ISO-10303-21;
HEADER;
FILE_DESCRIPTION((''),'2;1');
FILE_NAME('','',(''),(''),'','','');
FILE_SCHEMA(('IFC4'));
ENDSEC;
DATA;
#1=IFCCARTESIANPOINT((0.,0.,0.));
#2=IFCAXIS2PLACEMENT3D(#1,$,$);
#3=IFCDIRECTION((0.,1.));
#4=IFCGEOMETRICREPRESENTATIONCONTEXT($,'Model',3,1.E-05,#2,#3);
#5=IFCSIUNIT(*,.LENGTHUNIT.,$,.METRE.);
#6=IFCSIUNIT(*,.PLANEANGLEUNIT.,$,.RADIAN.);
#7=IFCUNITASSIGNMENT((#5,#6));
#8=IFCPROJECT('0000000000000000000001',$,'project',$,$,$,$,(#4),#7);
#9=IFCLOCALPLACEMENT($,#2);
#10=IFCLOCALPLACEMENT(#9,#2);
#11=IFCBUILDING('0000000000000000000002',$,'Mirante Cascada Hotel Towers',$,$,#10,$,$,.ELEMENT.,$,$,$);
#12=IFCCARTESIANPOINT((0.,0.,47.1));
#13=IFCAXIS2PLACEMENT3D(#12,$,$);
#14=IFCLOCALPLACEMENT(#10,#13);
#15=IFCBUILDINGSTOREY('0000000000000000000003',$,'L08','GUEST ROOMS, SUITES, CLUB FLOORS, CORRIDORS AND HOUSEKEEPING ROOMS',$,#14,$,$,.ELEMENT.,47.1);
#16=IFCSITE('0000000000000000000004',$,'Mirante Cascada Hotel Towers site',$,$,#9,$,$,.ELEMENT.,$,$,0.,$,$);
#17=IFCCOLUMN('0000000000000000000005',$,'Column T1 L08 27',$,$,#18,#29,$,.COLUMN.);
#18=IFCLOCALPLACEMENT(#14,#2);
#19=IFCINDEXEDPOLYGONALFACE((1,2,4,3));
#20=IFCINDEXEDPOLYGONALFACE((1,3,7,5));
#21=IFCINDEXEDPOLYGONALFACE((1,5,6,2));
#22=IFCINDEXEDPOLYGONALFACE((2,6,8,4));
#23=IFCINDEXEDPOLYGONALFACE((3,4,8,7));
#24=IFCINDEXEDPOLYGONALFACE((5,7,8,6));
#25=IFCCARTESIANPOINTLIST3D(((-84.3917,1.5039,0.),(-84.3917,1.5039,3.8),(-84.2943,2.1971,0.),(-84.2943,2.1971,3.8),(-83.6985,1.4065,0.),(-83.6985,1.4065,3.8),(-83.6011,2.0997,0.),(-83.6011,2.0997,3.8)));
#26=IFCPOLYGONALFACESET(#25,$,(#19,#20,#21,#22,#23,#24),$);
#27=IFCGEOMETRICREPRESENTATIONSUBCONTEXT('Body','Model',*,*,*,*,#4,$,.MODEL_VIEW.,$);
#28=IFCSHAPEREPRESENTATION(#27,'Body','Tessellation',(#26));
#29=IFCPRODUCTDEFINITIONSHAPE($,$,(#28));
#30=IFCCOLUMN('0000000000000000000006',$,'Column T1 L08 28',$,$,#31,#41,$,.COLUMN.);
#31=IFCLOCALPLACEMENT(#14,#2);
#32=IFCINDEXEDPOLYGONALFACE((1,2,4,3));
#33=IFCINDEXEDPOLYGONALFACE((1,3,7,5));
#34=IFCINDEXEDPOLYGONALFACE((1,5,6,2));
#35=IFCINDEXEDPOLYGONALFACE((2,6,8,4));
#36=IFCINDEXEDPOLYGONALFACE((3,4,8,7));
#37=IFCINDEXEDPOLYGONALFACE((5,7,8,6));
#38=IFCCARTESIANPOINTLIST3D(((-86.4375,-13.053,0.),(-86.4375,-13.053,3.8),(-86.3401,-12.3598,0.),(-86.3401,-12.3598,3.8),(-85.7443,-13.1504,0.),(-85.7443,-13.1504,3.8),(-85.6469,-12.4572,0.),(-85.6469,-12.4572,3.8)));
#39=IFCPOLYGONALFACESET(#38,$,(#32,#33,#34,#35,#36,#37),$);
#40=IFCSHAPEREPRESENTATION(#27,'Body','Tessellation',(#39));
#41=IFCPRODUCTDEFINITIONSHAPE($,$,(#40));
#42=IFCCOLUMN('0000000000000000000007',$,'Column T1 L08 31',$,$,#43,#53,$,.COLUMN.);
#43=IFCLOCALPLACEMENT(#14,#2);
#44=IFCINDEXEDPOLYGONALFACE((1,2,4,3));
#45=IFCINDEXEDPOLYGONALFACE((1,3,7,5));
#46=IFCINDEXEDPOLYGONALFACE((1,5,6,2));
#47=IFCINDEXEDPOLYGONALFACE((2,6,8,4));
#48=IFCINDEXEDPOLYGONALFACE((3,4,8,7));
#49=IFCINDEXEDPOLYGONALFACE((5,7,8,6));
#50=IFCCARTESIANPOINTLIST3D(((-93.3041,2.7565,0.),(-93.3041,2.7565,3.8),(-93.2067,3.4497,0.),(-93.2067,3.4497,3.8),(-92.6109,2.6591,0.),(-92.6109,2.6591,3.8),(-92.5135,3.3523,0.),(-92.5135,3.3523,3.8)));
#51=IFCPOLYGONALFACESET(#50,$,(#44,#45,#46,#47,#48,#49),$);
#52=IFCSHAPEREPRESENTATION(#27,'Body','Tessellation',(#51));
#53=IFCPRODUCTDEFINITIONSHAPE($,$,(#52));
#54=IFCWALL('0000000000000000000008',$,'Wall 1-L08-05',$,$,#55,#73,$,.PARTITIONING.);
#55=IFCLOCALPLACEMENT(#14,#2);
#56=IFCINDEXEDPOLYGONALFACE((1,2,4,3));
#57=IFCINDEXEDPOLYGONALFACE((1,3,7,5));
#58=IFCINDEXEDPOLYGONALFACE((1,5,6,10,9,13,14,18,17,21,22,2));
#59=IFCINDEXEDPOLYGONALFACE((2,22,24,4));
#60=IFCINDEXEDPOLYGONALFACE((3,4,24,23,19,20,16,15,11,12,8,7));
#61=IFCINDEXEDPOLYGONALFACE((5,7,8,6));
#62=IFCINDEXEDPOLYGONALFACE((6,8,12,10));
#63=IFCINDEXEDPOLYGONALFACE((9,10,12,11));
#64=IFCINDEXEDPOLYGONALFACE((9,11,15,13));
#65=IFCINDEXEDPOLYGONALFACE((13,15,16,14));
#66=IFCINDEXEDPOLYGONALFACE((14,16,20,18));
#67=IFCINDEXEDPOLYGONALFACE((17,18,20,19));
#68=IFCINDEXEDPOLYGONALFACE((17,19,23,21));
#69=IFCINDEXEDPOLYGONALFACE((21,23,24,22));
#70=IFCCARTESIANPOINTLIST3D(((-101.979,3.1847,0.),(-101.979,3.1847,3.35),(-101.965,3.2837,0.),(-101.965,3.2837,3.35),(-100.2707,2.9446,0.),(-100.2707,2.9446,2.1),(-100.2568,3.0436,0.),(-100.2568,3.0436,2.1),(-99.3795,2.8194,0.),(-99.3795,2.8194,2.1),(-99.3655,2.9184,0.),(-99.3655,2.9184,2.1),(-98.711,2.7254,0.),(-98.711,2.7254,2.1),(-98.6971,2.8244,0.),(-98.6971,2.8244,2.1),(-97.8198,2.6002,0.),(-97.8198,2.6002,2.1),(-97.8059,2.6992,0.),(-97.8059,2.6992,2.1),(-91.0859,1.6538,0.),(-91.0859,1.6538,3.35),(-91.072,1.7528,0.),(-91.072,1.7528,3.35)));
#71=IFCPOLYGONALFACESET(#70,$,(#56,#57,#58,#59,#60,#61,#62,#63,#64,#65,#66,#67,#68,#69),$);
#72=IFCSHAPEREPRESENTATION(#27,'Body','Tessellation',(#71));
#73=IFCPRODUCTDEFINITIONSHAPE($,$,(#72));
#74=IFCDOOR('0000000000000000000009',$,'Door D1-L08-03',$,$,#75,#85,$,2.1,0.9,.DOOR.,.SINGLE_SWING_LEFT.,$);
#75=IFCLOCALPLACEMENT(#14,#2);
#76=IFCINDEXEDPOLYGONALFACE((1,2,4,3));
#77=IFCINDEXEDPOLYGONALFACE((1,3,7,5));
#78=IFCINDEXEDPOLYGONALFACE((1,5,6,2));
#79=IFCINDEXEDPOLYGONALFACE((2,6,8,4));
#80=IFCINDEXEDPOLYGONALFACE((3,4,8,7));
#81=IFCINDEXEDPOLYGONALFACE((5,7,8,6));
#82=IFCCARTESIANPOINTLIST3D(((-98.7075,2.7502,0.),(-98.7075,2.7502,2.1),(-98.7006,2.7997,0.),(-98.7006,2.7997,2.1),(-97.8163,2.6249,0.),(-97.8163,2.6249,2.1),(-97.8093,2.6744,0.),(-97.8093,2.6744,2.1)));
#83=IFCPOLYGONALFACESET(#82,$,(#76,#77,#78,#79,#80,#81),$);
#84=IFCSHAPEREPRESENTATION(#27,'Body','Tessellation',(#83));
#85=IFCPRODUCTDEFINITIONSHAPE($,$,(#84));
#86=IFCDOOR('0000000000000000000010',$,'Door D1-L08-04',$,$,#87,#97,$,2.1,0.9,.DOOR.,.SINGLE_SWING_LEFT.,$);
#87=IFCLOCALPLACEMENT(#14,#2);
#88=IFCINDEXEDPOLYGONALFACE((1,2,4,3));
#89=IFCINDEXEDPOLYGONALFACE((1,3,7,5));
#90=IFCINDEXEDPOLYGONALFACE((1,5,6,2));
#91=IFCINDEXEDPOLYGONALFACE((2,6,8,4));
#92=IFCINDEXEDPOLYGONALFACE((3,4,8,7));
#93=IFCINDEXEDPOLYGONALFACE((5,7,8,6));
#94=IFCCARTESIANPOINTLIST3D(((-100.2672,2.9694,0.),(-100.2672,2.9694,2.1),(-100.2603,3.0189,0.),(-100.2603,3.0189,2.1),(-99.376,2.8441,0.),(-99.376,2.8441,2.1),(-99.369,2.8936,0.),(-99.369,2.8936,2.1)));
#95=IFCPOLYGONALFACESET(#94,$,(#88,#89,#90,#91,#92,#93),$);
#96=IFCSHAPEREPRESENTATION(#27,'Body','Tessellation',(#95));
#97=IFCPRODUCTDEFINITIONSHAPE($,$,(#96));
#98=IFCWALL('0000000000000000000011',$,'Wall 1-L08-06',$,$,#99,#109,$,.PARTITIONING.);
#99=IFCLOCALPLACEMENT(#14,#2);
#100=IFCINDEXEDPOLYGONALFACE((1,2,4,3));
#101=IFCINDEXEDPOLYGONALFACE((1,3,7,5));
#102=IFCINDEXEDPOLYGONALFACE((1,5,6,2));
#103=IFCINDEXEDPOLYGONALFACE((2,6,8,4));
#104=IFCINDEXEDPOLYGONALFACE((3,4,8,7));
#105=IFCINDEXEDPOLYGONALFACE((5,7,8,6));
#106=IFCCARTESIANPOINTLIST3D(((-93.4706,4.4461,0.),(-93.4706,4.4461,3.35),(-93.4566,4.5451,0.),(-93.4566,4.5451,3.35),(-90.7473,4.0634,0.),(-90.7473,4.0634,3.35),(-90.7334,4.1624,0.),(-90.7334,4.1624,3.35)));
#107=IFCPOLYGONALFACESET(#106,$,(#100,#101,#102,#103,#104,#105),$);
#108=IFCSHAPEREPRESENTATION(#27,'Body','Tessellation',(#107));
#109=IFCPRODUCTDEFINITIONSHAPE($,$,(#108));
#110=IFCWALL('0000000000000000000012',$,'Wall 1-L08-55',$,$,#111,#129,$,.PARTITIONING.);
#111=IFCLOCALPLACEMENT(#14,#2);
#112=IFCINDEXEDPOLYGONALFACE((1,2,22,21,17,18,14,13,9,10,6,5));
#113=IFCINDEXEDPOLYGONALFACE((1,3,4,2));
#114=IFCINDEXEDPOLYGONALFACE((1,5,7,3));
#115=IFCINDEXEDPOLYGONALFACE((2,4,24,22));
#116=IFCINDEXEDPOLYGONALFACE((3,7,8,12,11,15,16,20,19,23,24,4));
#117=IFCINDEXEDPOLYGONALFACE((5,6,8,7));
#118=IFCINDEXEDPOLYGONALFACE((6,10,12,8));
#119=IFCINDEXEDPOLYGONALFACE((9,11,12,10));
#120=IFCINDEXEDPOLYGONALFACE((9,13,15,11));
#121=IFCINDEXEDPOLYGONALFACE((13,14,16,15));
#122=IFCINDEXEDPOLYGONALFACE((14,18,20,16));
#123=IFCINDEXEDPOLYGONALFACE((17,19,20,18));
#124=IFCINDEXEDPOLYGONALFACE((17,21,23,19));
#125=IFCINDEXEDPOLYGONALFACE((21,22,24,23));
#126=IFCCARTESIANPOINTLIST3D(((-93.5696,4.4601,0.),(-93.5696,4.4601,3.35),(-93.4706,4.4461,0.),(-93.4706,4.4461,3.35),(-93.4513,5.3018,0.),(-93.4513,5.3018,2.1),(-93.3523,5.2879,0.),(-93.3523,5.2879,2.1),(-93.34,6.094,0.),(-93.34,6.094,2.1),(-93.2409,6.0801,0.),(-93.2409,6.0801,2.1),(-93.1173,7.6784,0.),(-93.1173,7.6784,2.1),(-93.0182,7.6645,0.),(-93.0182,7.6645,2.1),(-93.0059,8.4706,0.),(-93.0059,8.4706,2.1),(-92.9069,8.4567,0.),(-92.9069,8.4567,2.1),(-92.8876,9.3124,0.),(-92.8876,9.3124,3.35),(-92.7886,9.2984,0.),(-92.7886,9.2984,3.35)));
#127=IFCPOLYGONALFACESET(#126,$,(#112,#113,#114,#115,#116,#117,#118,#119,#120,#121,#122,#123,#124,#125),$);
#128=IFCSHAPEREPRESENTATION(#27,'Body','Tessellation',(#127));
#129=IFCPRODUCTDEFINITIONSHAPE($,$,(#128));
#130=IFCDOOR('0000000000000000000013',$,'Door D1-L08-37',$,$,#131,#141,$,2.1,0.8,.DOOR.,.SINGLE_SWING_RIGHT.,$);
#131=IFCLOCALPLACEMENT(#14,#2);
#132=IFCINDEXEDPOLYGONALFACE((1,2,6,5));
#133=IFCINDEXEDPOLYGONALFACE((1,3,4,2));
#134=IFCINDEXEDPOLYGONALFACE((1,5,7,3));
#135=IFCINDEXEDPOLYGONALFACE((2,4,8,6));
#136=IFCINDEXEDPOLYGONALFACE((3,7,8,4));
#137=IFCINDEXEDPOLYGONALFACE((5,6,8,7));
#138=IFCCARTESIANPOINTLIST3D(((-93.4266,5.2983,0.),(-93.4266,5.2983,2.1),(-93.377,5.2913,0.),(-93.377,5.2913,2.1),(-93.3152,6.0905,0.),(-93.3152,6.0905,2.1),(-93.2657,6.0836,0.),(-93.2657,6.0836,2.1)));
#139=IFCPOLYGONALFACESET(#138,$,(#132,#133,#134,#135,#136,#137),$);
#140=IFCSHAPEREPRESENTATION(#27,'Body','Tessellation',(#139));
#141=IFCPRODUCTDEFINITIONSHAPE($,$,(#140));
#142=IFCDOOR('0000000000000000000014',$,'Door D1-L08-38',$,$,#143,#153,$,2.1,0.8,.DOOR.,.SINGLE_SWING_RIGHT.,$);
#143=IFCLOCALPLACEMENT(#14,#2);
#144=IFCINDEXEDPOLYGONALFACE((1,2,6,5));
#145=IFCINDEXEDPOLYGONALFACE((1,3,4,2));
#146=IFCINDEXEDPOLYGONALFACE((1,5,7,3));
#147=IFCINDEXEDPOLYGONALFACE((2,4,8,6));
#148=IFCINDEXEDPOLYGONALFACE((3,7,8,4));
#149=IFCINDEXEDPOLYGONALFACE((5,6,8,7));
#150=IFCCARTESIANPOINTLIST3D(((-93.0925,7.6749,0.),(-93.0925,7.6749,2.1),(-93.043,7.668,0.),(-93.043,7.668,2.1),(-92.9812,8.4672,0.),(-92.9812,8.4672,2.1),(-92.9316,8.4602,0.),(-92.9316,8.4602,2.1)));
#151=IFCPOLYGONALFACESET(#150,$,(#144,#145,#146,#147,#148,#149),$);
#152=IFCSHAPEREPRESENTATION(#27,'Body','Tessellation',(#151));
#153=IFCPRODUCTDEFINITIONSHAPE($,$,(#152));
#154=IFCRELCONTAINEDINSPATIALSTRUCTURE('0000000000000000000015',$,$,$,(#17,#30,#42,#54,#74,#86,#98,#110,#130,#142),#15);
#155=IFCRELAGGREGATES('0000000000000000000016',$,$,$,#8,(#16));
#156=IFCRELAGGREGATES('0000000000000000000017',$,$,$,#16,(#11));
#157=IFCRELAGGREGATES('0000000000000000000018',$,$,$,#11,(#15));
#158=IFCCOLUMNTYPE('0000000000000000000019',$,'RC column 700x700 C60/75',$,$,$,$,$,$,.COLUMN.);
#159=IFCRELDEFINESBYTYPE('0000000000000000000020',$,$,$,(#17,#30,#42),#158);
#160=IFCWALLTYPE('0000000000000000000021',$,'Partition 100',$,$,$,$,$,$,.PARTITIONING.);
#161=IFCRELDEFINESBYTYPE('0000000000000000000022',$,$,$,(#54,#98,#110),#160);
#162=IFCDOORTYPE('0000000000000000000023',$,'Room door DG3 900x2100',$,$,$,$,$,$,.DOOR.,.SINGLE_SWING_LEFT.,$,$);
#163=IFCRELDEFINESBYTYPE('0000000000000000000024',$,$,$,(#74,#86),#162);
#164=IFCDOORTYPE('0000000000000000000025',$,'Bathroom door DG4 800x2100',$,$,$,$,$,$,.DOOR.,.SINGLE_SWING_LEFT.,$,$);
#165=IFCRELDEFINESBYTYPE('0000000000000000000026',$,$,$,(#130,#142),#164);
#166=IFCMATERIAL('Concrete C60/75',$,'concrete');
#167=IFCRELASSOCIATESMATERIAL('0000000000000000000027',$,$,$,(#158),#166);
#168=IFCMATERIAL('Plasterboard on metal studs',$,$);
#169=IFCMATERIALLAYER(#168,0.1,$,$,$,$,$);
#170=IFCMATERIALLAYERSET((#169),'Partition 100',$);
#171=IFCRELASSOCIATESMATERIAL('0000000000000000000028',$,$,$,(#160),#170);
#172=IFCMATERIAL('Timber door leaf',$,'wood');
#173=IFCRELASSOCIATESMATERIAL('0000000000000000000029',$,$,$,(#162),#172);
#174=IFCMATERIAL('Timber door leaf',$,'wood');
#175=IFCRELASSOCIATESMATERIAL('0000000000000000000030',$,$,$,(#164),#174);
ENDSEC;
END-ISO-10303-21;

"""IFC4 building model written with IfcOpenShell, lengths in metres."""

from ifc_helpers import new_model, si_unit, direction, frame, frame_2d, origin, origin_2d, place, context, subcontext, project, spatial, rectangle, extrude, material, layer, layer_set, material_profile, profile_set, type_object, element, fill, save


model = new_model("IFC4")

# Units and contexts
model_context = context("Model", 3, precision=1e-05, world=origin(), true_north=direction((0.0, 1.0)))
body_context = subcontext(model_context, "Body", "Model", "MODEL_VIEW")
ifc_project = project(units=[si_unit("LENGTHUNIT", "METRE"), si_unit("PLANEANGLEUNIT", "RADIAN")], contexts=[model_context])

# Site, building, storey
site_placement = place(None, origin())
site = spatial("IfcSite", under=ifc_project, at=site_placement, Name="Mirante Cascada Hotel Towers site", CompositionType="ELEMENT", RefElevation=0.0)
building_placement = place(site_placement, origin())
building = spatial("IfcBuilding", under=site, at=building_placement, Name="Mirante Cascada Hotel Towers", CompositionType="ELEMENT")
storey_placement = place(building_placement, frame((0.0, 0.0, 47.1)))
storey = spatial("IfcBuildingStorey", under=building, at=storey_placement, Name="L08", Description="GUEST ROOMS, SUITES, CLUB FLOORS, CORRIDORS AND HOUSEKEEPING ROOMS", CompositionType="ELEMENT", Elevation=47.1)

# Columns
ifc_material_1 = material(Name="Concrete C60/75", Category="concrete")
ifc_material_profile = material_profile(ifc_material_1, rectangle(XDim=0.7, YDim=0.7, at=origin_2d()), Name="RC column 700x700 C60/75")
ifc_profile_set = profile_set([ifc_material_profile], Name="Concrete C60/75")
column_type = type_object("IfcColumnType", Name="RC column 700x700 C60/75", PredefinedType="COLUMN", material=ifc_profile_set)
for number, where, z_axis, x_axis, name in (
    (1, (-83.9964, 1.8018, 0.0), (0.0, 0.0, 1.0), (-0.990268, 0.139173, 0.0), "Column T1 L08 27"),
    (2, (-86.0422, -12.7551, 0.0), (0.0, 0.0, 1.0), (-0.990268, 0.139173, 0.0), "Column T1 L08 28"),
    (3, (-92.9088, 3.0544, 0.0), (0.0, 0.0, 1.0), (-0.990268, 0.139173, 0.0), "Column T1 L08 31"),
):
    element("IfcColumn", number, at=place(storey_placement, frame(where, z_axis=z_axis, x_axis=x_axis)), inside=storey, type_object=column_type, Name=name, PredefinedType="COLUMN", context=body_context, shape_type="SweptSolid", body=[
        extrude(rectangle(XDim=0.7, YDim=0.7, at=origin_2d()), origin(), (0.0, 0.0, 1.0), 3.8),
    ])

# Wall, openings, doors
ifc_material_2 = material(Name="Plasterboard on metal studs")
ifc_layer_1 = layer(ifc_material_2, 0.1)
ifc_layer_set_1 = layer_set([ifc_layer_1], Name="Partition 100")
wall_type_1 = type_object("IfcWallType", Name="Partition 100", PredefinedType="PARTITIONING", material=ifc_layer_set_1)
wall_1_placement = place(storey_placement, frame((-91.079, 1.7033, 0.0), z_axis=(0.0, 0.0, 1.0), x_axis=(-0.990268, 0.139172, 0.0)))
wall_1 = element("IfcWall", 4, at=wall_1_placement, inside=storey, type_object=wall_type_1, Name="Wall 1-L08-05", PredefinedType="PARTITIONING", context=body_context, shape_type="SweptSolid", body=[
    extrude(rectangle(XDim=11.0001, YDim=0.1, at=frame_2d((5.5, 0.0))), origin(), (0.0, 0.0, 1.0), 3.35),
])
opening_1_placement = place(wall_1_placement, frame((6.8, 0.0, 0.0)))
opening_1 = element("IfcOpeningElement", 5, at=opening_1_placement, cuts=wall_1, PredefinedType="OPENING", context=body_context, shape_type="SweptSolid", body=[
    extrude(rectangle(XDim=0.9, YDim=2.1, at=frame_2d((0.45, 1.05))), frame((0.0, 0.05, 0.0), z_axis=(0.0, -1.0, 0.0), x_axis=(1.0, 0.0, 0.0)), (0.0, 0.0, 1.0), 0.1),
])
opening_2_placement = place(wall_1_placement, frame((8.375, 0.0, 0.0)))
opening_2 = element("IfcOpeningElement", 6, at=opening_2_placement, cuts=wall_1, PredefinedType="OPENING", context=body_context, shape_type="SweptSolid", body=[
    extrude(rectangle(XDim=0.9, YDim=2.1, at=frame_2d((0.45, 1.05))), frame((0.0, 0.05, 0.0), z_axis=(0.0, -1.0, 0.0), x_axis=(1.0, 0.0, 0.0)), (0.0, 0.0, 1.0), 0.1),
])
ifc_material_3 = material(Name="Timber door leaf", Category="wood")
door_type_1 = type_object("IfcDoorType", Name="Room door DG3 900x2100", OperationType="SINGLE_SWING_LEFT", PredefinedType="DOOR", material=ifc_material_3)
door_1_placement = place(opening_1_placement, origin())
door_1 = element("IfcDoor", 7, at=door_1_placement, inside=storey, type_object=door_type_1, Name="Door D1-L08-03", OperationType="SINGLE_SWING_LEFT", OverallHeight=2.1, OverallWidth=0.9, PredefinedType="DOOR", context=body_context, shape_type="SweptSolid", body=[
    extrude(rectangle(XDim=0.9, YDim=2.1, at=frame_2d((0.45, 1.05))), frame((0.0, 0.025, 0.0), z_axis=(0.0, -1.0, 0.0), x_axis=(1.0, 0.0, 0.0)), (0.0, 0.0, 1.0), 0.05),
])
fill(opening_1, door_1)
door_2_placement = place(opening_2_placement, origin())
door_2 = element("IfcDoor", 8, at=door_2_placement, inside=storey, type_object=door_type_1, Name="Door D1-L08-04", OperationType="SINGLE_SWING_LEFT", OverallHeight=2.1, OverallWidth=0.9, PredefinedType="DOOR", context=body_context, shape_type="SweptSolid", body=[
    extrude(rectangle(XDim=0.9, YDim=2.1, at=frame_2d((0.45, 1.05))), frame((0.0, 0.025, 0.0), z_axis=(0.0, -1.0, 0.0), x_axis=(1.0, 0.0, 0.0)), (0.0, 0.0, 1.0), 0.05),
])
fill(opening_2, door_2)

# Wall
wall_2_placement = place(storey_placement, frame((-93.4636, 4.4956, 0.0), z_axis=(0.0, 0.0, 1.0), x_axis=(0.990269, -0.139166, 0.0)))
element("IfcWall", 9, at=wall_2_placement, inside=storey, type_object=wall_type_1, Name="Wall 1-L08-06", PredefinedType="PARTITIONING", context=body_context, shape_type="SweptSolid", body=[
    extrude(rectangle(XDim=2.75, YDim=0.1, at=frame_2d((1.375, 0.0))), origin(), (0.0, 0.0, 1.0), 3.35),
])

# Wall, openings, doors
wall_3_placement = place(storey_placement, frame((-93.5201, 4.4531, 0.0), z_axis=(0.0, 0.0, 1.0), x_axis=(0.139184, 0.990267, 0.0)))
wall_3 = element("IfcWall", 10, at=wall_3_placement, inside=storey, type_object=wall_type_1, Name="Wall 1-L08-55", PredefinedType="PARTITIONING", context=body_context, shape_type="SweptSolid", body=[
    extrude(rectangle(XDim=4.9, YDim=0.1, at=frame_2d((2.45, 0.0))), origin(), (0.0, 0.0, 1.0), 3.35),
])
opening_3_placement = place(wall_3_placement, frame((0.85, 0.0, 0.0)))
opening_3 = element("IfcOpeningElement", 11, at=opening_3_placement, cuts=wall_3, PredefinedType="OPENING", context=body_context, shape_type="SweptSolid", body=[
    extrude(rectangle(XDim=0.8, YDim=2.1, at=frame_2d((0.4, 1.05))), frame((0.0, 0.05, 0.0), z_axis=(0.0, -1.0, 0.0), x_axis=(1.0, 0.0, 0.0)), (0.0, 0.0, 1.0), 0.1),
])
opening_4_placement = place(wall_3_placement, frame((3.25, 0.0, 0.0)))
opening_4 = element("IfcOpeningElement", 12, at=opening_4_placement, cuts=wall_3, PredefinedType="OPENING", context=body_context, shape_type="SweptSolid", body=[
    extrude(rectangle(XDim=0.8, YDim=2.1, at=frame_2d((0.4, 1.05))), frame((0.0, 0.05, 0.0), z_axis=(0.0, -1.0, 0.0), x_axis=(1.0, 0.0, 0.0)), (0.0, 0.0, 1.0), 0.1),
])
ifc_material_4 = material(Name="Timber door leaf", Category="wood")
door_type_2 = type_object("IfcDoorType", Name="Bathroom door DG4 800x2100", OperationType="SINGLE_SWING_LEFT", PredefinedType="DOOR", material=ifc_material_4)
door_3_placement = place(opening_3_placement, frame((0.8, 0.0, 0.0), z_axis=(0.0, 0.0, 1.0), x_axis=(-1.0, 0.0, 0.0)))
door_3 = element("IfcDoor", 13, at=door_3_placement, inside=storey, type_object=door_type_2, Name="Door D1-L08-37", OperationType="SINGLE_SWING_RIGHT", OverallHeight=2.1, OverallWidth=0.8, PredefinedType="DOOR", context=body_context, shape_type="SweptSolid", body=[
    extrude(rectangle(XDim=0.8, YDim=2.1, at=frame_2d((0.4, 1.05))), frame((0.0, 0.025, 0.0), z_axis=(0.0, -1.0, 0.0), x_axis=(1.0, 0.0, 0.0)), (0.0, 0.0, 1.0), 0.05),
])
fill(opening_3, door_3)
door_4_placement = place(opening_4_placement, frame((0.8, 0.0, 0.0), z_axis=(0.0, 0.0, 1.0), x_axis=(-1.0, 0.0, 0.0)))
door_4 = element("IfcDoor", 14, at=door_4_placement, inside=storey, type_object=door_type_2, Name="Door D1-L08-38", OperationType="SINGLE_SWING_RIGHT", OverallHeight=2.1, OverallWidth=0.8, PredefinedType="DOOR", context=body_context, shape_type="SweptSolid", body=[
    extrude(rectangle(XDim=0.8, YDim=2.1, at=frame_2d((0.4, 1.05))), frame((0.0, 0.025, 0.0), z_axis=(0.0, -1.0, 0.0), x_axis=(1.0, 0.0, 0.0)), (0.0, 0.0, 1.0), 0.05),
])
fill(opening_4, door_4)

save(model, "model.ifc")
